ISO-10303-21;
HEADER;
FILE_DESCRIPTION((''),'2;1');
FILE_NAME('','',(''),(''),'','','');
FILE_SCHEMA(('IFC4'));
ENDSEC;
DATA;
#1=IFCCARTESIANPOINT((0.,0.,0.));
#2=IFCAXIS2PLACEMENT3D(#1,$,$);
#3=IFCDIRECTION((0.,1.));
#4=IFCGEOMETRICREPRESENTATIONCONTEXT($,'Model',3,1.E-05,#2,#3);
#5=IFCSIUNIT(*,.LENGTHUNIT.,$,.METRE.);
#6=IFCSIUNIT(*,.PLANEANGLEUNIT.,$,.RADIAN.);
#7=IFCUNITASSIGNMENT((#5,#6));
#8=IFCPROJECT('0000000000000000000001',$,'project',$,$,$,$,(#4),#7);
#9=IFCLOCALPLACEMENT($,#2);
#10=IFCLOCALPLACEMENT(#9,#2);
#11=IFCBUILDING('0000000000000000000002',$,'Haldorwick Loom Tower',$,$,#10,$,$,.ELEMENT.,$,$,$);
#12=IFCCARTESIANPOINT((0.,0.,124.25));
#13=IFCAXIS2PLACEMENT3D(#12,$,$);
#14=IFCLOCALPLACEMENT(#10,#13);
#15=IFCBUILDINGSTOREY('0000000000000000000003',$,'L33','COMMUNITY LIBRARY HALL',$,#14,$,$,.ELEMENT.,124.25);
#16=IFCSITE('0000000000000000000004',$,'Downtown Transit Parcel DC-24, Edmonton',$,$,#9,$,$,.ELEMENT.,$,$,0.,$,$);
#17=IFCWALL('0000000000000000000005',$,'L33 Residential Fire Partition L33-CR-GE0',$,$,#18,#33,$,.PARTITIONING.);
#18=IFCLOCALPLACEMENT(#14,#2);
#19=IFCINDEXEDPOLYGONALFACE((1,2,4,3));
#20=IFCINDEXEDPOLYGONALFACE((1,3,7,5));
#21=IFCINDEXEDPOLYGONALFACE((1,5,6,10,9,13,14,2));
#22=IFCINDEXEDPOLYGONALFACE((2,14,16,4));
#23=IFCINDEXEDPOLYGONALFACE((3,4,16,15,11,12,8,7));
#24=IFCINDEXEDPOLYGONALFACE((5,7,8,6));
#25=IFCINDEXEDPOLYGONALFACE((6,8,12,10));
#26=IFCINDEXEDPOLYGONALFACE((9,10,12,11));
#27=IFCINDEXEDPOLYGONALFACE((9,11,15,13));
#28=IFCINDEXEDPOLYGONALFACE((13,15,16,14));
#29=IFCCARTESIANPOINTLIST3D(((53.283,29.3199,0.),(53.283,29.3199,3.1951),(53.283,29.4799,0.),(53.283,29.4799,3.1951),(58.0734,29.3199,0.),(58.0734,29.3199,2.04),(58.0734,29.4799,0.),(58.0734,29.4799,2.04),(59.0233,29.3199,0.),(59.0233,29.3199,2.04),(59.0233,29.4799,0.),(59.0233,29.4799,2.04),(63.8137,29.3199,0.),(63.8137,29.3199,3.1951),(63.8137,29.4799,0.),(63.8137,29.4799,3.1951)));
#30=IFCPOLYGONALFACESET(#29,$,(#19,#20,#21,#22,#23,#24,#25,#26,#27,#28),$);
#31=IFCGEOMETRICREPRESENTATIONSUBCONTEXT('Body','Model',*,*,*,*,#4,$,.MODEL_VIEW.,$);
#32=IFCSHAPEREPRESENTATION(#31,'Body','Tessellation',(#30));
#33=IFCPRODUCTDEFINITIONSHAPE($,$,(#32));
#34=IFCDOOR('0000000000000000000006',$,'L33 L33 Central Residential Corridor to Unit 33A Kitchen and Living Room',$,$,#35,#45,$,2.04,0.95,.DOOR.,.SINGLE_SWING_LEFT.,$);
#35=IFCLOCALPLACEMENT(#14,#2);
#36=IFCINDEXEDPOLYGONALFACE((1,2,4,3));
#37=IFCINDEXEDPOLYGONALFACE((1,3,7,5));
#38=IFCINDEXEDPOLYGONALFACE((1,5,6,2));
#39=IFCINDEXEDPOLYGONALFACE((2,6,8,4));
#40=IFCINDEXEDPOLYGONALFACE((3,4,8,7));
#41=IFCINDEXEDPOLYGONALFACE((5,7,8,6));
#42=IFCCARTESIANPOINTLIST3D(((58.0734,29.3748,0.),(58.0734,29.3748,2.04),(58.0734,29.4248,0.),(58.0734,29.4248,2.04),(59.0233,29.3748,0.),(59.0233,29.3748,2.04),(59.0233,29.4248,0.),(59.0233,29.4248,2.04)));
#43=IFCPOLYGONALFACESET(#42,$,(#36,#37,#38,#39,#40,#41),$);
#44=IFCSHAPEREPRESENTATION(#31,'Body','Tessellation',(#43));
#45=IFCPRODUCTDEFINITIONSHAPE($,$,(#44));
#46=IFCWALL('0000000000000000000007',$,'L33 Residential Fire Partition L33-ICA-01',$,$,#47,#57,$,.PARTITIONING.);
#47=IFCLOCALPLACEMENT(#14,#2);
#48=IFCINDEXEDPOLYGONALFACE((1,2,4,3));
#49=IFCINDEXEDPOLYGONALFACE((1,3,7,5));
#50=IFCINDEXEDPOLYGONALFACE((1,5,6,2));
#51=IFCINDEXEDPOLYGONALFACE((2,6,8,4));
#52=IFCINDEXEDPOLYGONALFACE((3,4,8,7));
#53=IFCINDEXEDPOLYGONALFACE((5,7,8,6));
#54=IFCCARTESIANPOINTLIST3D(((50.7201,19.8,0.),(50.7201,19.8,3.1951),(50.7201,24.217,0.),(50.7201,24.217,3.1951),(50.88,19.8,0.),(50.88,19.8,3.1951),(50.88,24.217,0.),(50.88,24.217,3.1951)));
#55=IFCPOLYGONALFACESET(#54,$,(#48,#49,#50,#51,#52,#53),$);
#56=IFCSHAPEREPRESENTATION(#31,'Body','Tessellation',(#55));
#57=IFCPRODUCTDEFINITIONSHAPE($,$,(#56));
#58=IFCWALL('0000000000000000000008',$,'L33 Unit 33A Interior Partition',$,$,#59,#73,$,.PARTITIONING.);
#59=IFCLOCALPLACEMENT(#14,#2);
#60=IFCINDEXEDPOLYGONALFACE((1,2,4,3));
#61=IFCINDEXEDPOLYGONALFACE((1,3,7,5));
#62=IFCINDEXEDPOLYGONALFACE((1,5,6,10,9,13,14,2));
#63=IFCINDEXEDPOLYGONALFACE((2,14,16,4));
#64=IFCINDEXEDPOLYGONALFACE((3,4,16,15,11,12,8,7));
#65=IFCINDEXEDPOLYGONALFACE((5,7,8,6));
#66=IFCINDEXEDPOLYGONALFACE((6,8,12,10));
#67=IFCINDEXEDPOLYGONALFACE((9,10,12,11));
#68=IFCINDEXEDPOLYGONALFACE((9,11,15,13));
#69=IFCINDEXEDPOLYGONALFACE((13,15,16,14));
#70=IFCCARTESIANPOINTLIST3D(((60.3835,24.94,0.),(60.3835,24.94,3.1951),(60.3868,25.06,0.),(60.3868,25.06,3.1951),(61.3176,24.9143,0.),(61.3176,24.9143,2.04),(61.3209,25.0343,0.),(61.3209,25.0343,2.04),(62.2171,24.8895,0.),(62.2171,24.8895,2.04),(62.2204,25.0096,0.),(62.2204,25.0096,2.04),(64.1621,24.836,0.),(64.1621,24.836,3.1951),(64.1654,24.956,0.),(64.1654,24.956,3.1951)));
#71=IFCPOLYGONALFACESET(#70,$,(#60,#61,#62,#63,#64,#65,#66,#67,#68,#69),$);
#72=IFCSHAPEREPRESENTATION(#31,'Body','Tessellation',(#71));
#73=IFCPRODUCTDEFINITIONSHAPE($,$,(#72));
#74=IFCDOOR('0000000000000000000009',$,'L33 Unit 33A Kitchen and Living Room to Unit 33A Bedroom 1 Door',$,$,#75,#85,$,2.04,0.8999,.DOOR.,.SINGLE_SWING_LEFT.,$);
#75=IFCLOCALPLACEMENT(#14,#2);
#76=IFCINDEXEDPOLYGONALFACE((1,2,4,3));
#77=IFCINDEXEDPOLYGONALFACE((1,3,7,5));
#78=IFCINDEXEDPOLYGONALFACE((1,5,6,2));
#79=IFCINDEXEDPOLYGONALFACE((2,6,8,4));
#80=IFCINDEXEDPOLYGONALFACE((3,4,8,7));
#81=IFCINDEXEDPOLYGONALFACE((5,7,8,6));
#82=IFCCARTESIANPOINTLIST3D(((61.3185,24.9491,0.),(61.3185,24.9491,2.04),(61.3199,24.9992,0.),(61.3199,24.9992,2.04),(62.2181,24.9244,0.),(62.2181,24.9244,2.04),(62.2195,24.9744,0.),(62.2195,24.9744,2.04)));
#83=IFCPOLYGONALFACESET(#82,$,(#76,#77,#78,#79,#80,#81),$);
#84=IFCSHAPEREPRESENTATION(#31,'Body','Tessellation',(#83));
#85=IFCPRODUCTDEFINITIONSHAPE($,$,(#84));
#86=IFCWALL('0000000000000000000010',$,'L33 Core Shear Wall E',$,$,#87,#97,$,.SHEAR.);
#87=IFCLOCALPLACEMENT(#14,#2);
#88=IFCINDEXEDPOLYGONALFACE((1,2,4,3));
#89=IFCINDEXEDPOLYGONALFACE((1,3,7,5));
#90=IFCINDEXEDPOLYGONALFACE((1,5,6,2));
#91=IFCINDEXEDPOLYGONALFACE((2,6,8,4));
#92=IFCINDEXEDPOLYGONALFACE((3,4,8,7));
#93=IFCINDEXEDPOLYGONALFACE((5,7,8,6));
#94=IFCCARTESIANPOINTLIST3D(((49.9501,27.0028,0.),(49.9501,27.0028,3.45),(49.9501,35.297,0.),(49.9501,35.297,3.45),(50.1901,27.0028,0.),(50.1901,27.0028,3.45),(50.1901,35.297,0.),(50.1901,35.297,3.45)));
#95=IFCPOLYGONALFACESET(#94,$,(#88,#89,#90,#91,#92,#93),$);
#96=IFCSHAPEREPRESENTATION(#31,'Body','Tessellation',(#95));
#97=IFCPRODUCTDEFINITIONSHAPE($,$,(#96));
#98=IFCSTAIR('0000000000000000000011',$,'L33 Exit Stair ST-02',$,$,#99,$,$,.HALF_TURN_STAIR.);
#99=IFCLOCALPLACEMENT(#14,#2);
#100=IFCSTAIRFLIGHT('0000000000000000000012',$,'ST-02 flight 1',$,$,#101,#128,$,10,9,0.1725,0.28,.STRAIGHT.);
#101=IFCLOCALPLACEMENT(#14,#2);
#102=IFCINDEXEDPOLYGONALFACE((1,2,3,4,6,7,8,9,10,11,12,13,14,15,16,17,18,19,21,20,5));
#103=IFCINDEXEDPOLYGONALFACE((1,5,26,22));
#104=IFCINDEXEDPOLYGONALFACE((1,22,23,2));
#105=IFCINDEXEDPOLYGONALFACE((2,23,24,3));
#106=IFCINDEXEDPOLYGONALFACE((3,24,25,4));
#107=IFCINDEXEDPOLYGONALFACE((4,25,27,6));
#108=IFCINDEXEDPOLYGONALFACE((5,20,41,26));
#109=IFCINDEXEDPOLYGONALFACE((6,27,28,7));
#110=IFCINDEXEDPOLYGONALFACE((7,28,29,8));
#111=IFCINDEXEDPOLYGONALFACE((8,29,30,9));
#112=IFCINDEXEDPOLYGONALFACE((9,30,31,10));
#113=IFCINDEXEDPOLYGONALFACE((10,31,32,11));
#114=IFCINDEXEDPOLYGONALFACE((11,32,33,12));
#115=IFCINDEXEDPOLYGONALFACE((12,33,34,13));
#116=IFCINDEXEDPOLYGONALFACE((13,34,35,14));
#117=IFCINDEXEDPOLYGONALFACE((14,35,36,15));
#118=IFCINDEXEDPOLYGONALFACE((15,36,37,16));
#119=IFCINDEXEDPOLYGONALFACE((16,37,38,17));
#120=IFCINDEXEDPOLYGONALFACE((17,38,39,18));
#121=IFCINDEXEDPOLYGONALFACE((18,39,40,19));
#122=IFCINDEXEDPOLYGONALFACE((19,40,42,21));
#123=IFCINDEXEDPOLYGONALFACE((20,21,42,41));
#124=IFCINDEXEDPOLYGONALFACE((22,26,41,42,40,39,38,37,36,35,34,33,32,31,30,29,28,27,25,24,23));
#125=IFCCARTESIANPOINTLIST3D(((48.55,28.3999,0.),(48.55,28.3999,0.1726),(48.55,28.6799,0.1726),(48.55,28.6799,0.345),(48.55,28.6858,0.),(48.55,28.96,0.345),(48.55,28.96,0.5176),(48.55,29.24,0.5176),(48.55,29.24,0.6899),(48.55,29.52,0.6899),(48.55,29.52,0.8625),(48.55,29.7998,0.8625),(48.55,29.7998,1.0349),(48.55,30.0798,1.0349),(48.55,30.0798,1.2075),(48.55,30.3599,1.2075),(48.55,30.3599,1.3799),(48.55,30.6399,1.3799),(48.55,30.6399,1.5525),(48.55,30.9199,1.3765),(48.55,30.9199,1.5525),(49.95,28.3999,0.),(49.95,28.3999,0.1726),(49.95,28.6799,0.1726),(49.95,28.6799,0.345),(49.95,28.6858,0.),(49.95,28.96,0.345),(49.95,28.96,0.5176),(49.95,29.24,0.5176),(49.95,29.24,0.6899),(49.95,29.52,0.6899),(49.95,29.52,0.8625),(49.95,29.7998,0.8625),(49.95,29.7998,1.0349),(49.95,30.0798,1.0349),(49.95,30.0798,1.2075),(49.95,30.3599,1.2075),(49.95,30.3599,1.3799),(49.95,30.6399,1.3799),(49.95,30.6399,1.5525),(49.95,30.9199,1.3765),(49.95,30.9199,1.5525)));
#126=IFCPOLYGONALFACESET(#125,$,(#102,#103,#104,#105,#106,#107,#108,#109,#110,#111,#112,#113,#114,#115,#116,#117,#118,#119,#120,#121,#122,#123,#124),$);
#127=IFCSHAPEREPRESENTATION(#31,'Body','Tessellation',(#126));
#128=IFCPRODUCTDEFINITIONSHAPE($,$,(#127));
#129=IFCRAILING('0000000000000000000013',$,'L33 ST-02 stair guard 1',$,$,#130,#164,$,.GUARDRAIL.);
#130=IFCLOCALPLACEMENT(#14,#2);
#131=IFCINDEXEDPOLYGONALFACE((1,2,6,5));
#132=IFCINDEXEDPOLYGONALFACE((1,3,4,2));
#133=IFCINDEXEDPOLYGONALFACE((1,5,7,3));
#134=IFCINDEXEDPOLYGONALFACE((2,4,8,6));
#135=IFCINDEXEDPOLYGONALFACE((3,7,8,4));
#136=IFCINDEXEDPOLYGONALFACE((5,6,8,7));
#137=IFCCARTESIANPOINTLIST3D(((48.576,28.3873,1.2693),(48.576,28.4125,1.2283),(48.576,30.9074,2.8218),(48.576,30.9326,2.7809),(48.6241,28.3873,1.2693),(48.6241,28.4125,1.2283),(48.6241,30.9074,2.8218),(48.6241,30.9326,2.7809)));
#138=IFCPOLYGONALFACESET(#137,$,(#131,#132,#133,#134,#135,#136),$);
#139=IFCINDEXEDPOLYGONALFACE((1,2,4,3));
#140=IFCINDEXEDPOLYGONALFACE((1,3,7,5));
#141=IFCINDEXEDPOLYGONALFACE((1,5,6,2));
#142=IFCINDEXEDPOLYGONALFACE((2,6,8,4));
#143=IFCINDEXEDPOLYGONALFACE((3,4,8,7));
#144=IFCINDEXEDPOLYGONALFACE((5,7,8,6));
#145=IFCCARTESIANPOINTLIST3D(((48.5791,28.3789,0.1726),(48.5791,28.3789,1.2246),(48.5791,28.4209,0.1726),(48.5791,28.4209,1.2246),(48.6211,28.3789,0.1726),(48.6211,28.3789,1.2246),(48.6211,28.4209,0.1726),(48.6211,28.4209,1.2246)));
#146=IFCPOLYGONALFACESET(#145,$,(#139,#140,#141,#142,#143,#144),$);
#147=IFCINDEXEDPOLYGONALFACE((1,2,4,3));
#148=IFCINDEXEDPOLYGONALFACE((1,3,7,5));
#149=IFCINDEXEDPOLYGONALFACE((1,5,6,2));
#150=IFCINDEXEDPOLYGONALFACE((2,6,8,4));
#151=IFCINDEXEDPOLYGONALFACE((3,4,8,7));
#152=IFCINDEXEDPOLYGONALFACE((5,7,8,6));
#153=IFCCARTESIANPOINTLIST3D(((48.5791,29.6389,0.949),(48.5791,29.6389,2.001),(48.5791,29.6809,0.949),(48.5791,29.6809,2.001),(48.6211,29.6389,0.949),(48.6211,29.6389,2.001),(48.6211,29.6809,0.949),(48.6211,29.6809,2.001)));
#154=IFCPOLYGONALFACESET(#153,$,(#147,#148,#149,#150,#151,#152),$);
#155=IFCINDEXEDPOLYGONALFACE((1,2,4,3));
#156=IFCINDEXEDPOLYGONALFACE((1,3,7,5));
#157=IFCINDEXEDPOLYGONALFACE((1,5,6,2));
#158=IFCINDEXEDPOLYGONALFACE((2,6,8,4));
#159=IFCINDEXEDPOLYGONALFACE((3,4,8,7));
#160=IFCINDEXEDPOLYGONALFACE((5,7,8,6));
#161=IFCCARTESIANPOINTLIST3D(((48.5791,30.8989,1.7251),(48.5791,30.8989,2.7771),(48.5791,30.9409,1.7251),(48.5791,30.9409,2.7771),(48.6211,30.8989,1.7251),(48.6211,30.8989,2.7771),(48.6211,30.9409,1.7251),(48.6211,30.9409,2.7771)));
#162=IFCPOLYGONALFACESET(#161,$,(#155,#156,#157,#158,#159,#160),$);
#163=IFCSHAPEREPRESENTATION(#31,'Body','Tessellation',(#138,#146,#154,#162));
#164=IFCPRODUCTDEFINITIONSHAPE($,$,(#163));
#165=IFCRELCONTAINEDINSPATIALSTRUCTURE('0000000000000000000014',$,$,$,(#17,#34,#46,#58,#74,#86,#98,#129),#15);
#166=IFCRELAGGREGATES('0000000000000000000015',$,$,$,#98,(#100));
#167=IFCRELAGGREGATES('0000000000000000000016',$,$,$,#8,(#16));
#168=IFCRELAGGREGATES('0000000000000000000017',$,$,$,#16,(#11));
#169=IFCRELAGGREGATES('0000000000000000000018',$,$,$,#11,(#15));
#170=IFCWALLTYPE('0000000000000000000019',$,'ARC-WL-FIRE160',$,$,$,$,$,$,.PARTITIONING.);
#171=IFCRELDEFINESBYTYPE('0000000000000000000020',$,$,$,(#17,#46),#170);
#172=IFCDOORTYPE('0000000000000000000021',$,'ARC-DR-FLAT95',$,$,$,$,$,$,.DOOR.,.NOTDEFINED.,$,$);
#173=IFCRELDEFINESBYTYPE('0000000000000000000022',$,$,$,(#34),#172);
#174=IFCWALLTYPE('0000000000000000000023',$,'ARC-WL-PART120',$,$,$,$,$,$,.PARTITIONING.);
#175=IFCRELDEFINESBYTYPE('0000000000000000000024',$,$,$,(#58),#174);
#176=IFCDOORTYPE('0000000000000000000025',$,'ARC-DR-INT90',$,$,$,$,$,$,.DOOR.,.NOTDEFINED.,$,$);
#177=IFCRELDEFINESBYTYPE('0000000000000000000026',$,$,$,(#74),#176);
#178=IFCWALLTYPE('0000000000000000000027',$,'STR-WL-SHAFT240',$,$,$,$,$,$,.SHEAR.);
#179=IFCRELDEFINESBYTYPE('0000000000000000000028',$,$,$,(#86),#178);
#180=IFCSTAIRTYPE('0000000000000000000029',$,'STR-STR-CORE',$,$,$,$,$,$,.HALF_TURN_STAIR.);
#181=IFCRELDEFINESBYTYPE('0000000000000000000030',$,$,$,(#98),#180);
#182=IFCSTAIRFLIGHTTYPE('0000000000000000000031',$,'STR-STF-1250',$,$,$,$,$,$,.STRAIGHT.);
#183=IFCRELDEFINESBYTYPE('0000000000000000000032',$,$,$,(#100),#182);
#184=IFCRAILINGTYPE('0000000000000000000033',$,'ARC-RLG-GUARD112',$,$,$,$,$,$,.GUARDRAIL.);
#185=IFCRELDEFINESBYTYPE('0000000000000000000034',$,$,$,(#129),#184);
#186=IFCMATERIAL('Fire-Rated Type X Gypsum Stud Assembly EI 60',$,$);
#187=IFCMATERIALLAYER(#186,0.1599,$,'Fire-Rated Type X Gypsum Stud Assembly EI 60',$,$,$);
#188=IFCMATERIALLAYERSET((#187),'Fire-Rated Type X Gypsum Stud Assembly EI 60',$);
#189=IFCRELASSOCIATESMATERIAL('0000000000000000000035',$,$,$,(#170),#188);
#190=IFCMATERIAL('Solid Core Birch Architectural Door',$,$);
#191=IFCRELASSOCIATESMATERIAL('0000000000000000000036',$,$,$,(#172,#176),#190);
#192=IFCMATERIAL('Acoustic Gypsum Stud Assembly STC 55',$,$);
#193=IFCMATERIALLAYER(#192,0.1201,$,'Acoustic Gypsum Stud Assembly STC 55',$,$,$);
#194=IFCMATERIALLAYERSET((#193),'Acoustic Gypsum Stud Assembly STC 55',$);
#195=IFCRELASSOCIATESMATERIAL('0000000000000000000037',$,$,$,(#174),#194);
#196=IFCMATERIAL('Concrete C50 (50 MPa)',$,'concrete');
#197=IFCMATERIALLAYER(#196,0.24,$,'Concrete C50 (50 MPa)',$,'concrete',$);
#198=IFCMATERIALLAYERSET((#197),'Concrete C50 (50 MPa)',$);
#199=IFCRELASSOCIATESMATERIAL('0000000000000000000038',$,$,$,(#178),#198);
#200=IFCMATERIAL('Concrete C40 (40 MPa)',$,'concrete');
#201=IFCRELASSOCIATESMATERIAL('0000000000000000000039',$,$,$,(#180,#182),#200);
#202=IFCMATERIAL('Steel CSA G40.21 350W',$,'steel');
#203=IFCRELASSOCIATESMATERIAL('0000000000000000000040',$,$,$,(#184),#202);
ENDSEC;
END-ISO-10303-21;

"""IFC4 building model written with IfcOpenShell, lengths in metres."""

from ifc_helpers import new_model, si_unit, direction, frame, frame_2d, origin, origin_2d, place, context, subcontext, project, spatial, polyline, rectangle, outline, extrude, material, layer, layer_set, type_object, element, fill, aggregate, save


model = new_model("IFC4")

# Units and contexts
model_context = context("Model", 3, precision=1e-05, world=origin(), true_north=direction((0.0, 1.0)))
body_context = subcontext(model_context, "Body", "Model", "MODEL_VIEW")
ifc_project = project(units=[si_unit("LENGTHUNIT", "METRE"), si_unit("PLANEANGLEUNIT", "RADIAN")], contexts=[model_context])

# Site, building, storey
site_placement = place(None, origin())
site = spatial("IfcSite", under=ifc_project, at=site_placement, Name="Downtown Transit Parcel DC-24, Edmonton", CompositionType="ELEMENT", RefElevation=0.0)
building_placement = place(site_placement, origin())
building = spatial("IfcBuilding", under=site, at=building_placement, Name="Haldorwick Loom Tower", CompositionType="ELEMENT")
storey_placement = place(building_placement, frame((0.0, 0.0, 124.25)))
storey = spatial("IfcBuildingStorey", under=building, at=storey_placement, Name="L33", Description="COMMUNITY LIBRARY HALL", CompositionType="ELEMENT", Elevation=124.25)

# Shared definitions
ifc_material_1 = material(Name="Steel CSA G40.21 350W", Category="steel")

# Shared definitions
ifc_material_2 = material(Name="Fire-Rated Type X Gypsum Stud Assembly EI 60")
ifc_layer_1 = layer(ifc_material_2, 0.1599, Name="Fire-Rated Type X Gypsum Stud Assembly EI 60")
ifc_layer_set_1 = layer_set([ifc_layer_1], Name="Fire-Rated Type X Gypsum Stud Assembly EI 60")
wall_type_1 = type_object("IfcWallType", Name="ARC-WL-FIRE160", PredefinedType="PARTITIONING", material=ifc_layer_set_1)

# Wall, opening, door
wall_1_placement = place(storey_placement, frame((53.283, 29.3999, 0.0), z_axis=(0.0, 0.0, 1.0), x_axis=(1.0, 0.0, 0.0)))
wall_1 = element("IfcWall", 1, at=wall_1_placement, inside=storey, type_object=wall_type_1, Name="L33 Residential Fire Partition L33-CR-GE0", PredefinedType="PARTITIONING", context=body_context, shape_type="SweptSolid", body=[
    extrude(rectangle(XDim=10.5308, YDim=0.1599, at=frame_2d((5.2654, 0.0))), origin(), (0.0, 0.0, 1.0), 3.1951),
])
opening_1_placement = place(wall_1_placement, frame((4.7903, 0.0, 0.0)))
opening_1 = element("IfcOpeningElement", 2, at=opening_1_placement, cuts=wall_1, PredefinedType="OPENING", context=body_context, shape_type="SweptSolid", body=[
    extrude(rectangle(XDim=0.95, YDim=2.04, at=frame_2d((0.4751, 1.02))), frame((0.0, 0.0898, 0.0), z_axis=(0.0, -1.0, 0.0), x_axis=(1.0, 0.0, 0.0)), (0.0, 0.0, 1.0), 0.1799),
])
ifc_material_3 = material(Name="Solid Core Birch Architectural Door")
door_type_1 = type_object("IfcDoorType", Name="ARC-DR-FLAT95", OperationType="NOTDEFINED", PredefinedType="DOOR", material=ifc_material_3)
door_1_placement = place(opening_1_placement, origin())
door_1 = element("IfcDoor", 3, at=door_1_placement, inside=storey, type_object=door_type_1, Name="L33 L33 Central Residential Corridor to Unit 33A Kitchen and Living Room", OperationType="SINGLE_SWING_LEFT", OverallHeight=2.04, OverallWidth=0.95, PredefinedType="DOOR", context=body_context, shape_type="SweptSolid", body=[
    extrude(rectangle(XDim=0.95, YDim=2.04, at=frame_2d((0.4751, 1.02))), frame((0.0, 0.0249, 0.0), z_axis=(0.0, -1.0, 0.0), x_axis=(1.0, 0.0, 0.0)), (0.0, 0.0, 1.0), 0.05),
])
fill(opening_1, door_1)

# Wall
wall_2_placement = place(storey_placement, frame((50.8, 24.217, 0.0), z_axis=(0.0, 0.0, 1.0), x_axis=(0.0, -1.0, 0.0)))
element("IfcWall", 4, at=wall_2_placement, inside=storey, type_object=wall_type_1, Name="L33 Residential Fire Partition L33-ICA-01", PredefinedType="PARTITIONING", context=body_context, shape_type="SweptSolid", body=[
    extrude(rectangle(XDim=4.417, YDim=0.1599, at=frame_2d((2.2085, 0.0))), origin(), (0.0, 0.0, 1.0), 3.1951),
])

# Wall, opening, door
ifc_material_4 = material(Name="Acoustic Gypsum Stud Assembly STC 55")
ifc_layer_2 = layer(ifc_material_4, 0.1201, Name="Acoustic Gypsum Stud Assembly STC 55")
ifc_layer_set_2 = layer_set([ifc_layer_2], Name="Acoustic Gypsum Stud Assembly STC 55")
wall_type_2 = type_object("IfcWallType", Name="ARC-WL-PART120", PredefinedType="PARTITIONING", material=ifc_layer_set_2)
wall_3_placement = place(storey_placement, frame((60.385, 25.0, 0.0), z_axis=(0.0, 0.0, 1.0), x_axis=(0.999621, -0.027514, 0.0)))
wall_3 = element("IfcWall", 5, at=wall_3_placement, inside=storey, type_object=wall_type_2, Name="L33 Unit 33A Interior Partition", PredefinedType="PARTITIONING", context=body_context, shape_type="SweptSolid", body=[
    extrude(rectangle(XDim=3.78, YDim=0.1201, at=frame_2d((1.8901, 0.0))), origin(), (0.0, 0.0, 1.0), 3.1951),
])
opening_2_placement = place(wall_3_placement, frame((0.9346, 0.0, 0.0)))
opening_2 = element("IfcOpeningElement", 6, at=opening_2_placement, cuts=wall_3, PredefinedType="OPENING", context=body_context, shape_type="SweptSolid", body=[
    extrude(rectangle(XDim=0.8999, YDim=2.04, at=frame_2d((0.45, 1.02))), frame((0.0, 0.0701, 0.0), z_axis=(0.0, -1.0, 0.0), x_axis=(1.0, 0.0, 0.0)), (0.0, 0.0, 1.0), 0.1401),
])
door_type_2 = type_object("IfcDoorType", Name="ARC-DR-INT90", OperationType="NOTDEFINED", PredefinedType="DOOR", material=ifc_material_3)
door_2_placement = place(opening_2_placement, origin())
door_2 = element("IfcDoor", 7, at=door_2_placement, inside=storey, type_object=door_type_2, Name="L33 Unit 33A Kitchen and Living Room to Unit 33A Bedroom 1 Door", OperationType="SINGLE_SWING_LEFT", OverallHeight=2.04, OverallWidth=0.8999, PredefinedType="DOOR", context=body_context, shape_type="SweptSolid", body=[
    extrude(rectangle(XDim=0.8999, YDim=2.04, at=frame_2d((0.45, 1.02))), frame((0.0, 0.0249, 0.0), z_axis=(0.0, -1.0, 0.0), x_axis=(1.0, 0.0, 0.0)), (0.0, 0.0, 1.0), 0.05),
])
fill(opening_2, door_2)

# Wall
ifc_material_5 = material(Name="Concrete C50 (50 MPa)", Category="concrete")
ifc_layer_3 = layer(ifc_material_5, 0.24, Name="Concrete C50 (50 MPa)", Category="concrete")
ifc_layer_set_3 = layer_set([ifc_layer_3], Name="Concrete C50 (50 MPa)")
wall_type_3 = type_object("IfcWallType", Name="STR-WL-SHAFT240", PredefinedType="SHEAR", material=ifc_layer_set_3)
wall_4_placement = place(storey_placement, frame((50.0701, 27.0029, 0.0), z_axis=(0.0, 0.0, 1.0), x_axis=(0.0, 1.0, 0.0)))
element("IfcWall", 8, at=wall_4_placement, inside=storey, type_object=wall_type_3, Name="L33 Core Shear Wall E", PredefinedType="SHEAR", context=body_context, shape_type="SweptSolid", body=[
    extrude(rectangle(XDim=8.2942, YDim=0.24, at=frame_2d((4.147, 0.0))), origin(), (0.0, 0.0, 1.0), 3.45),
])

# Stair, stair flight
ifc_material_6 = material(Name="Concrete C40 (40 MPa)", Category="concrete")
stair_type = type_object("IfcStairType", Name="STR-STR-CORE", PredefinedType="HALF_TURN_STAIR", material=ifc_material_6)
stair_placement = place(storey_placement, origin())
stair = element("IfcStair", 9, at=stair_placement, inside=storey, type_object=stair_type, Name="L33 Exit Stair ST-02", PredefinedType="HALF_TURN_STAIR")
stair_flight_type = type_object("IfcStairFlightType", Name="STR-STF-1250", PredefinedType="STRAIGHT", material=ifc_material_6)
stair_flight_placement = place(storey_placement, frame((49.25, 28.3999, 0.0), z_axis=(0.0, 0.0, 1.0), x_axis=(0.0, 1.0, 0.0)))
stair_flight = element("IfcStairFlight", 10, at=stair_flight_placement, type_object=stair_flight_type, Name="ST-02 flight 1", NumberOfRisers=10, NumberOfTreads=9, PredefinedType="STRAIGHT", RiserHeight=0.1725, TreadLength=0.28, context=body_context, shape_type="SweptSolid", body=[
    extrude(outline(polyline([(0.0, 0.0), (0.0, 0.1726), (0.28, 0.1726), (0.28, 0.345), (0.5601, 0.345), (0.5601, 0.5176), (0.8401, 0.5176), (0.8401, 0.6899), (1.1201, 0.6899), (1.1201, 0.8625), (1.3999, 0.8625), (1.3999, 1.0349), (1.6799, 1.0349), (1.6799, 1.2075), (1.96, 1.2075), (1.96, 1.3799), (2.24, 1.3799), (2.24, 1.5525), (2.52, 1.5525), (2.52, 1.7251), (2.52, 1.3765), (0.2859, 0.0), (0.0, 0.0)])), frame((0.0, 0.7, 0.0), z_axis=(0.0, -1.0, 0.0), x_axis=(1.0, 0.0, 0.0)), (0.0, 0.0, 1.0), 1.3999),
])
aggregate(stair, [stair_flight])

# Railing
railing_type_1 = type_object("IfcRailingType", Name="ARC-RLG-GUARD112", PredefinedType="GUARDRAIL", material=ifc_material_1)
railing_1_placement = place(storey_placement, frame((48.6001, 28.3999, 0.1726)))
element("IfcRailing", 11, at=railing_1_placement, inside=storey, type_object=railing_type_1, Name="L33 ST-02 stair guard 1", PredefinedType="GUARDRAIL", context=body_context, shape_type="SweptSolid", body=[
    extrude(rectangle(XDim=0.0481, YDim=0.0481, at=origin_2d()), frame((0.0, 0.0, 1.0762), z_axis=(0.0, 0.8514, 0.524516), x_axis=(-1.0, 0.0, 0.0)), (0.0, 0.0, 1.0), 2.96),
    extrude(rectangle(XDim=0.042, YDim=0.042, at=origin_2d()), origin(), (0.0, 0.0, 1.0), 1.052),
    extrude(rectangle(XDim=0.042, YDim=0.042, at=origin_2d()), frame((0.0, 1.26, 0.7764)), (0.0, 0.0, 1.0), 1.052),
    extrude(rectangle(XDim=0.042, YDim=0.042, at=origin_2d()), frame((0.0, 2.52, 1.5525)), (0.0, 0.0, 1.0), 1.052),
])

save(model, "model.ifc")
